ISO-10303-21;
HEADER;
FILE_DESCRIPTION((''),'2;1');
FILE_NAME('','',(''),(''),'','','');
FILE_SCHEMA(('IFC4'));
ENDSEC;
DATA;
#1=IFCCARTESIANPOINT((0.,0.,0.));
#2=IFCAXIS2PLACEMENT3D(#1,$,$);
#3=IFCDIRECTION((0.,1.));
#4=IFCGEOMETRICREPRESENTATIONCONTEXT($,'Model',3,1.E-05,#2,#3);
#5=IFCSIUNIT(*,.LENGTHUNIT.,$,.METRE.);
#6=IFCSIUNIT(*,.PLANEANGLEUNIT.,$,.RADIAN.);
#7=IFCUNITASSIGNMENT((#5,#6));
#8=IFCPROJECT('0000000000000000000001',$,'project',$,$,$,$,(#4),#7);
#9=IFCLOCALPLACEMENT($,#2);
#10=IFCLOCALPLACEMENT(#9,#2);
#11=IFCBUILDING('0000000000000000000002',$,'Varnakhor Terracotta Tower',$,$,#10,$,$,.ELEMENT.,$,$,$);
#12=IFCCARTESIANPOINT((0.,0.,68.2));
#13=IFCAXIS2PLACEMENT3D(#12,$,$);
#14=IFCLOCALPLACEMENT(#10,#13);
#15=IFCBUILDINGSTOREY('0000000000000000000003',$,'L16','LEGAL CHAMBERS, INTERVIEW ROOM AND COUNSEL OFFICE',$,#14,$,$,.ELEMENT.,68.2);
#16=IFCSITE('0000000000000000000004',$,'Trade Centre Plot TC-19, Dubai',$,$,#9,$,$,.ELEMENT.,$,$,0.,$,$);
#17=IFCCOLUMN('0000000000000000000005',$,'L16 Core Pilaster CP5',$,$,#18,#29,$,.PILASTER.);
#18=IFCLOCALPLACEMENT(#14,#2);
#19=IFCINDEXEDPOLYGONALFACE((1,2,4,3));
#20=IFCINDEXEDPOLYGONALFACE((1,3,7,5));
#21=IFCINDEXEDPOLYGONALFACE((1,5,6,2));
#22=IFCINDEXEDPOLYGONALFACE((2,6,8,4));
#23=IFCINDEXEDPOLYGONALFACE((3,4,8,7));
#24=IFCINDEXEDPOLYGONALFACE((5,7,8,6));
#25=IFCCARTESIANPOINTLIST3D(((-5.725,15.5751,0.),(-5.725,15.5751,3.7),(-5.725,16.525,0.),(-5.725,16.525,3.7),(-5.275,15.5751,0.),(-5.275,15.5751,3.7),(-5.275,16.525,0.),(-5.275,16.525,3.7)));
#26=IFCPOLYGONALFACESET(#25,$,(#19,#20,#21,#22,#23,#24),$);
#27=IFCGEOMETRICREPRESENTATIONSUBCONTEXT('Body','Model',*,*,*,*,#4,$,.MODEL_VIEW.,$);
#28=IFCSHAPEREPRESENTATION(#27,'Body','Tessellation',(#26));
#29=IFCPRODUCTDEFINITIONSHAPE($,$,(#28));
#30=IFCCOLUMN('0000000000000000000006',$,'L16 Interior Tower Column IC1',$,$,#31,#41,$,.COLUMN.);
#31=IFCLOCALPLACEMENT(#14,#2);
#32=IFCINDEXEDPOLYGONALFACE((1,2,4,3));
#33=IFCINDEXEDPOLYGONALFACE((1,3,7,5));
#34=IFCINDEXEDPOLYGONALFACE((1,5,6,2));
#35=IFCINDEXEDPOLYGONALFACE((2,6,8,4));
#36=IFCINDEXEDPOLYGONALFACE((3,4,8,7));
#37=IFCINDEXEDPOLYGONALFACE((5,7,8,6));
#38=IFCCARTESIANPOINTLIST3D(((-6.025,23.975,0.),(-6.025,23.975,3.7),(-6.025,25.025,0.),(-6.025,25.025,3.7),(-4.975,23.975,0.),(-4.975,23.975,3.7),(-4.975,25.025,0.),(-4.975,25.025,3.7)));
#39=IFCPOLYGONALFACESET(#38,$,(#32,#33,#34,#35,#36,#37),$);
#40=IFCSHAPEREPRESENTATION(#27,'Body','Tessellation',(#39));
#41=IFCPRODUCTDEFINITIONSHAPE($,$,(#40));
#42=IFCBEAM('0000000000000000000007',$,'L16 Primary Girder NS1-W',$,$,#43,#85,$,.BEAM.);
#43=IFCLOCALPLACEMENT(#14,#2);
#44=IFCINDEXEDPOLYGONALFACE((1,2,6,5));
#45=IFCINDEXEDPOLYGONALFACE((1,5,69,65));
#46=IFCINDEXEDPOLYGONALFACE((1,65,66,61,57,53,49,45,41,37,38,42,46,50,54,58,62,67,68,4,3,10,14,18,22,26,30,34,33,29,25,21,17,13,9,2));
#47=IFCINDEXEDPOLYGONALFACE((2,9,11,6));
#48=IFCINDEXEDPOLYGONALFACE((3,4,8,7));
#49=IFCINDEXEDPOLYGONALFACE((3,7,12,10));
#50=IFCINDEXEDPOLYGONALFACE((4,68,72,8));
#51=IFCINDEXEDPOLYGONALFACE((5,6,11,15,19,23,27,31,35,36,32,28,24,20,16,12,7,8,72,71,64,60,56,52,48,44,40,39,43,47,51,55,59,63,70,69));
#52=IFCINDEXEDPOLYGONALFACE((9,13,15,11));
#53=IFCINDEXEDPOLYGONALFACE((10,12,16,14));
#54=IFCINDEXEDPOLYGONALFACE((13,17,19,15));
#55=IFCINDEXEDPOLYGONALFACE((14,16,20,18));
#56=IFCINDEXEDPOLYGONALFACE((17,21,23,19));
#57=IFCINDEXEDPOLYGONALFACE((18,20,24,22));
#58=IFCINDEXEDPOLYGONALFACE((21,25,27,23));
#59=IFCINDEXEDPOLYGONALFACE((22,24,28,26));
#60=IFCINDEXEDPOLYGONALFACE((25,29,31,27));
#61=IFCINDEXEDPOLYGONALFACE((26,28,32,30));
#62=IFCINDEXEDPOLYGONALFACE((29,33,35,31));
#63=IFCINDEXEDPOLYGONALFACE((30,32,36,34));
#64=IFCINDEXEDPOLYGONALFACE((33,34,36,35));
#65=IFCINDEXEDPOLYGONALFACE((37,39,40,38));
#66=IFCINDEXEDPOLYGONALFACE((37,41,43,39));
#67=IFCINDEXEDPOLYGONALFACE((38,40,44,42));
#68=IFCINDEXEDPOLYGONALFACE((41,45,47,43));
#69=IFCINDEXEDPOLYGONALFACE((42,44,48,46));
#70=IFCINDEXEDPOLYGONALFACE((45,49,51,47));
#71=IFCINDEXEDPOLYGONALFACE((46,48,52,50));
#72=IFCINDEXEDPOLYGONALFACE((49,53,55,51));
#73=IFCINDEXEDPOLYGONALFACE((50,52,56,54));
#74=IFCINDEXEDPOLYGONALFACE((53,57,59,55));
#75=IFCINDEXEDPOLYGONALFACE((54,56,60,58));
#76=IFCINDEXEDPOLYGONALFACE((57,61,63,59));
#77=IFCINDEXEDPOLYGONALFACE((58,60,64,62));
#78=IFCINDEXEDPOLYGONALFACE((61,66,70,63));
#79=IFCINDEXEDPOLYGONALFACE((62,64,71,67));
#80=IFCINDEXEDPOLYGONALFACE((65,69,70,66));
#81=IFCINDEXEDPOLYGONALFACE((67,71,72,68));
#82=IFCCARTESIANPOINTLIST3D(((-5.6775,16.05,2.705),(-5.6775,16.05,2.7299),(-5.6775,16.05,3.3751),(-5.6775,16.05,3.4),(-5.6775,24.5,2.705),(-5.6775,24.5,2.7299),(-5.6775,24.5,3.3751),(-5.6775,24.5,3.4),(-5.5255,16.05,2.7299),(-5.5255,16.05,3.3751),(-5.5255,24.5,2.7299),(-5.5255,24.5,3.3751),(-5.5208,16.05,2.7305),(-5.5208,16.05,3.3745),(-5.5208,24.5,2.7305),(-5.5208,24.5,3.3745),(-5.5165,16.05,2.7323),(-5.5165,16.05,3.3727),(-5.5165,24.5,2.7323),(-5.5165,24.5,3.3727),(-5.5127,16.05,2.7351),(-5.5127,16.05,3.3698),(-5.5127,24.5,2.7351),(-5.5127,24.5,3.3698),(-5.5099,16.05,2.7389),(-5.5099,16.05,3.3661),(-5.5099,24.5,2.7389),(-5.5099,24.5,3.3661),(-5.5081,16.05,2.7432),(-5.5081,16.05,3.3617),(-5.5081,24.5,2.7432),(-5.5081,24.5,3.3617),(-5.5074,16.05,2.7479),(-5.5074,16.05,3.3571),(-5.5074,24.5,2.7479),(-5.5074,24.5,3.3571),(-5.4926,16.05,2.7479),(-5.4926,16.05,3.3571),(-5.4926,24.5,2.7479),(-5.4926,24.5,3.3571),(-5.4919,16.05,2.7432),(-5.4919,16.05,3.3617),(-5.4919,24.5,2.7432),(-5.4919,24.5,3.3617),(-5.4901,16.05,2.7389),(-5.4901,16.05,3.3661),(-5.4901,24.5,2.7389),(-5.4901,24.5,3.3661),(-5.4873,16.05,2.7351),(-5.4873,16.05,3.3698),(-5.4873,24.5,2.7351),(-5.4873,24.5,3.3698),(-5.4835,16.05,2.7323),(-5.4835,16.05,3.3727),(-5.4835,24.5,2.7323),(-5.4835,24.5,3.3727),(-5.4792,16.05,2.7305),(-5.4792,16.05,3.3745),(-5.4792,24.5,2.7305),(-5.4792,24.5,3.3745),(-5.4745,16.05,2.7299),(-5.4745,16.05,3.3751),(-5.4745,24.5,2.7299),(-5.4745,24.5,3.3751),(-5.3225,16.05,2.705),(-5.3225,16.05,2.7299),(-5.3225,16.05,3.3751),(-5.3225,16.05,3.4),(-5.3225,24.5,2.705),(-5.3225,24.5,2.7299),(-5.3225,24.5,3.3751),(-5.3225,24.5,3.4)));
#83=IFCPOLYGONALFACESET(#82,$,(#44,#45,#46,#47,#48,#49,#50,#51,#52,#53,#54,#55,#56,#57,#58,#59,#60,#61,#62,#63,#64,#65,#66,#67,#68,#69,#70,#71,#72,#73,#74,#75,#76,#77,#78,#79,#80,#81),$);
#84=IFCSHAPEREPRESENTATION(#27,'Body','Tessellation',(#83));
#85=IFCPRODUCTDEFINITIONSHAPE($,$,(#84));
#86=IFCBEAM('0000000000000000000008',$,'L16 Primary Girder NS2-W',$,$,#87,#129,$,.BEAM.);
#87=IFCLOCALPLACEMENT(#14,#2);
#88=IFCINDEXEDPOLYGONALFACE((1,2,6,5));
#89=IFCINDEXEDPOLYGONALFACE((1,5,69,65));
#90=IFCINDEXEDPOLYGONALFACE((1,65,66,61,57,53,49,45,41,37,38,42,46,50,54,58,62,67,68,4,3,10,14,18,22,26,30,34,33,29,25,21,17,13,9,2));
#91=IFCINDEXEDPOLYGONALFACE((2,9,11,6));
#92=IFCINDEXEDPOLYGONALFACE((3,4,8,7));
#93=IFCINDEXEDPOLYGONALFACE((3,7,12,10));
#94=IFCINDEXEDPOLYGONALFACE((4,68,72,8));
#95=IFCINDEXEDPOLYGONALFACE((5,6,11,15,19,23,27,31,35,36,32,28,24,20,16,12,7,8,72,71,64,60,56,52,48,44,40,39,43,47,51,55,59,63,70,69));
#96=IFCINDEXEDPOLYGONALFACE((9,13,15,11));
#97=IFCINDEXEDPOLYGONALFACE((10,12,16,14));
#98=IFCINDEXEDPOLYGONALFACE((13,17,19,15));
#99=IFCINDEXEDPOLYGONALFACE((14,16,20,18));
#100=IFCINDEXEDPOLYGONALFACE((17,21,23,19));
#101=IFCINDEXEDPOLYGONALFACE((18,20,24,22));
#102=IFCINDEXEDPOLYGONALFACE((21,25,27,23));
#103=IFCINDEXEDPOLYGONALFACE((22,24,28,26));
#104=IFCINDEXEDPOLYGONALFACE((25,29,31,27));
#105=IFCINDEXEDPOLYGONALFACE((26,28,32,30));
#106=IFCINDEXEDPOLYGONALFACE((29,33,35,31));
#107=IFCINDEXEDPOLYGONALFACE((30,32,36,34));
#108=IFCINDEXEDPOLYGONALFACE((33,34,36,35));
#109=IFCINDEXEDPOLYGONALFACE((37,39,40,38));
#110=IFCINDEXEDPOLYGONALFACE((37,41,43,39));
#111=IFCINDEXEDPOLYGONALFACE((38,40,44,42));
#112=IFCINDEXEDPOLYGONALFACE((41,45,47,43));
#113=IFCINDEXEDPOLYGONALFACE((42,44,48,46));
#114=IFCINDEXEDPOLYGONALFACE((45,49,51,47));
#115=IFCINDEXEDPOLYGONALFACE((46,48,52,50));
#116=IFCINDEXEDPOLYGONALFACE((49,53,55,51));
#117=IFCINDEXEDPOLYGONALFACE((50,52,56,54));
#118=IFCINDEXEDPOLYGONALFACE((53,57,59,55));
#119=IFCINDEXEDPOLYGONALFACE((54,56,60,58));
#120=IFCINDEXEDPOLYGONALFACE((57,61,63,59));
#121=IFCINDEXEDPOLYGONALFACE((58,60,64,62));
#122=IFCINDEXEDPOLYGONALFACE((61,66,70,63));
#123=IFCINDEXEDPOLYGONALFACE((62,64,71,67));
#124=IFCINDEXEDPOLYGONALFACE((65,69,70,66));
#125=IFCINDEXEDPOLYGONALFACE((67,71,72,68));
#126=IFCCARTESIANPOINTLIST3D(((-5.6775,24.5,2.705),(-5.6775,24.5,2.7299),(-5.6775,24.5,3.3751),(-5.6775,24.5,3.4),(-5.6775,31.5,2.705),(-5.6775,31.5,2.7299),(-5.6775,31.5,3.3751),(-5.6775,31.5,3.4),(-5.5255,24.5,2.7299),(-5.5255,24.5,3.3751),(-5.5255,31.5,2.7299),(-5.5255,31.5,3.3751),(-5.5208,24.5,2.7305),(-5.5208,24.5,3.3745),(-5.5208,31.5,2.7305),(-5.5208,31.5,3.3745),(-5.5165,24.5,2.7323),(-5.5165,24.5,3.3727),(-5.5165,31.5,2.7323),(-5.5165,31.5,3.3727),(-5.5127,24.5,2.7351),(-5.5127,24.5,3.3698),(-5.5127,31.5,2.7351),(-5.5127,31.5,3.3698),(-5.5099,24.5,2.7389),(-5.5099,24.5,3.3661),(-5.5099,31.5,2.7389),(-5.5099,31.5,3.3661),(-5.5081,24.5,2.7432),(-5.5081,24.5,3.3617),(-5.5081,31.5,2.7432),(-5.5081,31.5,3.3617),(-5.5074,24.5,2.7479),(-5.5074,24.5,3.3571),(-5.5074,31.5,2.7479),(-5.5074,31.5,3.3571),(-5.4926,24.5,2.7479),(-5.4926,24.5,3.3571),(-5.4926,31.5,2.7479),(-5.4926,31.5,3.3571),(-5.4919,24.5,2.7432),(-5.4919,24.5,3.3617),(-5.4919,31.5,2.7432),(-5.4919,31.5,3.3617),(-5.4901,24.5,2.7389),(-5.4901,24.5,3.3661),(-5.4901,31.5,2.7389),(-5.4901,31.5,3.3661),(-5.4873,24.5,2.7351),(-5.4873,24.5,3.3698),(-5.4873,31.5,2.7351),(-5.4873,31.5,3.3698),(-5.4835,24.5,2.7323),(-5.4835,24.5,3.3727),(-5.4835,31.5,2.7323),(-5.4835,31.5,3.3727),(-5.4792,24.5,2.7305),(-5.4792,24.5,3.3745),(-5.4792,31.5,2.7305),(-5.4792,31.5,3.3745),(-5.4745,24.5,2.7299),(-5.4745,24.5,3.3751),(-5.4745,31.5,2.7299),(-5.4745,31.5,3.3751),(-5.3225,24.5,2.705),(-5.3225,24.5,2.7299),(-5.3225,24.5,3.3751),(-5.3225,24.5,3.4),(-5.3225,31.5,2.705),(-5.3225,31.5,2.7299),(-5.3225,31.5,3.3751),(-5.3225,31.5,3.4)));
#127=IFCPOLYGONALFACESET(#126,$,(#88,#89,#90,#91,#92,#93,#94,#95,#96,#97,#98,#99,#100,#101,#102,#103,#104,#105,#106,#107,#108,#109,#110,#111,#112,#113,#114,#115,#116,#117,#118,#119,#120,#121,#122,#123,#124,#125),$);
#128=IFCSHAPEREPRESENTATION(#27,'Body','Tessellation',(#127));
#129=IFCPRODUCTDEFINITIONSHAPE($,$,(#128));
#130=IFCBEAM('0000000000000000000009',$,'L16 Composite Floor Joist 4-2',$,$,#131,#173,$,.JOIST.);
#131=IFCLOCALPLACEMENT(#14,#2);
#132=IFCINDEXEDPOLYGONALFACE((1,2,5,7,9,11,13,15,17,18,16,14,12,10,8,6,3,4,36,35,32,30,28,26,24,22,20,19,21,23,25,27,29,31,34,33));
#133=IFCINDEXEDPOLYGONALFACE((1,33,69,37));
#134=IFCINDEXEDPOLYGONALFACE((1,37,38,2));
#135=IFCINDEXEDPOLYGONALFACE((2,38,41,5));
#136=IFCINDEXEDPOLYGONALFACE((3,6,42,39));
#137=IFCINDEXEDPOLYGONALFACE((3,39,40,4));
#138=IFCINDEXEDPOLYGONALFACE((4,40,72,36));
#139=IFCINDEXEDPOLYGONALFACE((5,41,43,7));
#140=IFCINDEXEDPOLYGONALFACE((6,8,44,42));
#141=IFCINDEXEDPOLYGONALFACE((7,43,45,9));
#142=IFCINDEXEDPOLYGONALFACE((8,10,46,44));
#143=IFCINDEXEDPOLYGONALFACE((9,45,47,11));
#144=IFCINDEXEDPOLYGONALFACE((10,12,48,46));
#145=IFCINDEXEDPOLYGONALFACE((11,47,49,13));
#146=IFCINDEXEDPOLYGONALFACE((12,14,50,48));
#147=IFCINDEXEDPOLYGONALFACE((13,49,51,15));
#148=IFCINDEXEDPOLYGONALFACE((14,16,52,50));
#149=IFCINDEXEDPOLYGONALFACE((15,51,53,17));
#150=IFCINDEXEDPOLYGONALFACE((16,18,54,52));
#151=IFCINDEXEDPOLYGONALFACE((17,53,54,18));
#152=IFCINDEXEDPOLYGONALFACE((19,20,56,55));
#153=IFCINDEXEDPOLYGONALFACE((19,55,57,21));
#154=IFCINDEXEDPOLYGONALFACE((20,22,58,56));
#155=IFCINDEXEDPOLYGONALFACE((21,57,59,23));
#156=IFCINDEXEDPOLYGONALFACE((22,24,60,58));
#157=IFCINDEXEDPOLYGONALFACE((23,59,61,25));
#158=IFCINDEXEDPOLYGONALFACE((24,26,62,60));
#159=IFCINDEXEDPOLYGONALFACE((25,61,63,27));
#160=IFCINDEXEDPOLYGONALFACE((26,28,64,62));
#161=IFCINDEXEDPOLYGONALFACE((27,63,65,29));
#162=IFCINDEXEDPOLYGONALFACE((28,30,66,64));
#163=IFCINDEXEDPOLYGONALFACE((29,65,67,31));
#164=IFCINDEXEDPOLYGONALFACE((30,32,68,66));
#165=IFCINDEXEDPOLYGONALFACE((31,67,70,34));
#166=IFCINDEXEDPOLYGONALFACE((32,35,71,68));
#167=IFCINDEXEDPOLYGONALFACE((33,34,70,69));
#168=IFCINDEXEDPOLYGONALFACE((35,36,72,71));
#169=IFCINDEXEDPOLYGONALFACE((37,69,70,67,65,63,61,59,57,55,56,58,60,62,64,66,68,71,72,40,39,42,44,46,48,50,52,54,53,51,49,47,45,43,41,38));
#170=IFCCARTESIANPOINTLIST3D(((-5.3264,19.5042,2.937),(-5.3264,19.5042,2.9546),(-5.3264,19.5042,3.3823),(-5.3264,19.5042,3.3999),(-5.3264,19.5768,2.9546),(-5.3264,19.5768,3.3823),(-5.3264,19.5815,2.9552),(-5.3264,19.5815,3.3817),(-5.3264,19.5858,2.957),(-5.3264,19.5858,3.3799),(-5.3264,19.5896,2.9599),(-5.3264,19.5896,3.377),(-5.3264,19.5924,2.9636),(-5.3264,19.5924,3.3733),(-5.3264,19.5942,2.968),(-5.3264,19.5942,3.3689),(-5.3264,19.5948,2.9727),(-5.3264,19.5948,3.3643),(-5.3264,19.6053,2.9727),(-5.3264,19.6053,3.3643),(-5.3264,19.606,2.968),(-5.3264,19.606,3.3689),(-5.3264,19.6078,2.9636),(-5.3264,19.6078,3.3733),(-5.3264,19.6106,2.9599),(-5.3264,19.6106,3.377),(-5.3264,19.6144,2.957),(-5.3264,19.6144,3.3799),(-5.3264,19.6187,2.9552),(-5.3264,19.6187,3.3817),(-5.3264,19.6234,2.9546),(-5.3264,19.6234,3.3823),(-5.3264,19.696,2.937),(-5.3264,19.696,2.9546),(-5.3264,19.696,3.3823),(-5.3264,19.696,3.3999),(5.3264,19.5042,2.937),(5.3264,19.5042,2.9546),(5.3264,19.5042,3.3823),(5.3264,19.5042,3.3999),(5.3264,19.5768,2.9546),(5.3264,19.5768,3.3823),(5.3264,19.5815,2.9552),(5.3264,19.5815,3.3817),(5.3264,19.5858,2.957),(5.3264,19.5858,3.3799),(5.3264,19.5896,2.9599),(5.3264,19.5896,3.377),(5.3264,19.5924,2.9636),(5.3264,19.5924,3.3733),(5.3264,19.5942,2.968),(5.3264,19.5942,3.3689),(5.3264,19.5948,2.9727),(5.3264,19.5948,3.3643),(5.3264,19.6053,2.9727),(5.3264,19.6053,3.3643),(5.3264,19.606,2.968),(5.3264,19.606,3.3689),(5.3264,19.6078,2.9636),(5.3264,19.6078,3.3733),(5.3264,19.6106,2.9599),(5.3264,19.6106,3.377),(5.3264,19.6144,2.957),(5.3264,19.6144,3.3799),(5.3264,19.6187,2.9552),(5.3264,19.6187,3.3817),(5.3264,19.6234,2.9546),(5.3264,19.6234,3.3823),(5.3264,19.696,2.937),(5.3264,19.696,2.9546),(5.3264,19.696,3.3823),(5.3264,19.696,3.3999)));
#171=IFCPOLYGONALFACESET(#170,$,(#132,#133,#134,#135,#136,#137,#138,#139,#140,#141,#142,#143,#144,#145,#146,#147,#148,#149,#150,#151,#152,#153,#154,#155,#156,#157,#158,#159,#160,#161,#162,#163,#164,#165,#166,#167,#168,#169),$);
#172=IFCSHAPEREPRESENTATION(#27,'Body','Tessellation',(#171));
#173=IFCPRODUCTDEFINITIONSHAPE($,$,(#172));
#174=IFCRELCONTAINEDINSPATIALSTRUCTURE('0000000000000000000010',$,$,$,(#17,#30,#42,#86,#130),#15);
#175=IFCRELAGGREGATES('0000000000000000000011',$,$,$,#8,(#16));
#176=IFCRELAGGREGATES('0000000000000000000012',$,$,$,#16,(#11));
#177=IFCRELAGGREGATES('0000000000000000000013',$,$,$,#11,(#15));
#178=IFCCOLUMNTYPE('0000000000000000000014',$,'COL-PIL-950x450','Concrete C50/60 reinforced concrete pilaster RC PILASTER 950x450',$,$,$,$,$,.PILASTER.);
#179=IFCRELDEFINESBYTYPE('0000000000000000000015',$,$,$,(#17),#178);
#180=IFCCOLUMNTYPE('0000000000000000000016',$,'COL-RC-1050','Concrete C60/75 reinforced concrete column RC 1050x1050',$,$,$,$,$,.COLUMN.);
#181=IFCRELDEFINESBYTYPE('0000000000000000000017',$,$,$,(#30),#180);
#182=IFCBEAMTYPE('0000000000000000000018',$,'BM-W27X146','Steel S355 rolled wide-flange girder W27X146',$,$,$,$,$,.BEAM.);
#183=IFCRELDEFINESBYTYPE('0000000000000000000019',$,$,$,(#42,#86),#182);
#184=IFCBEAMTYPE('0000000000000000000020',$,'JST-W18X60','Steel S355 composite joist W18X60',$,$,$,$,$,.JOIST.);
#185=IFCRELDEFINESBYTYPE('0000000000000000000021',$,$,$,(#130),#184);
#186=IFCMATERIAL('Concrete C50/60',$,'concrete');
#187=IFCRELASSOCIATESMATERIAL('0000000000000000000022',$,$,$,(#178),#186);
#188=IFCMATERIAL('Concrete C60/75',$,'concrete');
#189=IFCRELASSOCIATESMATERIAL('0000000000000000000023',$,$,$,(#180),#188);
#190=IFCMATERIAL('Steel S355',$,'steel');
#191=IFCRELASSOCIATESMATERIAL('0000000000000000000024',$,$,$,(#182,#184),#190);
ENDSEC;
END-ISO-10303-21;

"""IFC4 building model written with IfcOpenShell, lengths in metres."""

from ifc_helpers import new_model, si_unit, direction, frame, origin, origin_2d, place, context, subcontext, project, spatial, rectangle, i_section, extrude, source, transform, mapped, material, material_profile, profile_set, type_object, type_shapes, element, save


model = new_model("IFC4")

# Units and contexts
model_context = context("Model", 3, precision=1e-05, world=origin(), true_north=direction((0.0, 1.0)))
body_context = subcontext(model_context, "Body", "Model", "MODEL_VIEW")
ifc_project = project(units=[si_unit("LENGTHUNIT", "METRE"), si_unit("PLANEANGLEUNIT", "RADIAN")], contexts=[model_context])

# Site, building, storey
site_placement = place(None, origin())
site = spatial("IfcSite", under=ifc_project, at=site_placement, Name="Trade Centre Plot TC-19, Dubai", CompositionType="ELEMENT", RefElevation=0.0)
building_placement = place(site_placement, origin())
building = spatial("IfcBuilding", under=site, at=building_placement, Name="Varnakhor Terracotta Tower", CompositionType="ELEMENT")
storey_placement = place(building_placement, frame((0.0, 0.0, 68.2)))
storey = spatial("IfcBuildingStorey", under=building, at=storey_placement, Name="L16", Description="LEGAL CHAMBERS, INTERVIEW ROOM AND COUNSEL OFFICE", CompositionType="ELEMENT", Elevation=68.2)

# Columns
ifc_material_1 = material(Name="Concrete C50/60", Category="concrete")
ifc_material_profile_1 = material_profile(ifc_material_1, rectangle(XDim=0.45, YDim=0.95, at=origin_2d()), Name="RC PILASTER 950x450")
ifc_profile_set_1 = profile_set([ifc_material_profile_1], Name="Concrete C50/60")
column_type_1 = type_object("IfcColumnType", Name="COL-PIL-950x450", Description="Concrete C50/60 reinforced concrete pilaster RC PILASTER 950x450", PredefinedType="PILASTER", material=ifc_profile_set_1)
shared_shape_1 = source(origin(), body_context, "Body", "SweptSolid", [
    extrude(rectangle(XDim=0.45, YDim=0.95, at=origin_2d()), origin(), (0.0, 0.0, 1.0), 3.7),
])
column_1_placement = place(storey_placement, frame((-5.5, 16.05, 0.0), z_axis=(0.0, 0.0, 1.0), x_axis=(1.0, 0.0, 0.0)))
element("IfcColumn", 1, at=column_1_placement, inside=storey, type_object=column_type_1, Name="L16 Core Pilaster CP5", PredefinedType="PILASTER", context=body_context, shape_type="MappedRepresentation", body=[
    mapped(shared_shape_1, transform((0.0, 0.0, 0.0), scale=1.0)),
])
ifc_material_2 = material(Name="Concrete C60/75", Category="concrete")
ifc_material_profile_2 = material_profile(ifc_material_2, rectangle(XDim=1.05, YDim=1.05, at=origin_2d()), Name="RC 1050x1050")
ifc_profile_set_2 = profile_set([ifc_material_profile_2], Name="Concrete C60/75")
column_type_2 = type_object("IfcColumnType", Name="COL-RC-1050", Description="Concrete C60/75 reinforced concrete column RC 1050x1050", PredefinedType="COLUMN", material=ifc_profile_set_2)
shared_shape_2 = source(origin(), body_context, "Body", "SweptSolid", [
    extrude(rectangle(XDim=1.05, YDim=1.05, at=origin_2d()), origin(), (0.0, 0.0, 1.0), 3.7),
])
column_2_placement = place(storey_placement, frame((-5.5, 24.5, 0.0), z_axis=(0.0, 0.0, 1.0), x_axis=(1.0, 0.0, 0.0)))
element("IfcColumn", 2, at=column_2_placement, inside=storey, type_object=column_type_2, Name="L16 Interior Tower Column IC1", PredefinedType="COLUMN", context=body_context, shape_type="MappedRepresentation", body=[
    mapped(shared_shape_2, transform((0.0, 0.0, 0.0), scale=1.0)),
])

# Beams
ifc_material_3 = material(Name="Steel S355", Category="steel")
ifc_material_profile_3 = material_profile(ifc_material_3, i_section(OverallWidth=0.355, OverallDepth=0.6951, WebThickness=0.0149, FlangeThickness=0.0249, FilletRadius=0.0181, at=origin_2d()), Name="W27X146")
ifc_profile_set_3 = profile_set([ifc_material_profile_3], Name="Steel S355")
beam_type_1 = type_object("IfcBeamType", Name="BM-W27X146", Description="Steel S355 rolled wide-flange girder W27X146", PredefinedType="BEAM", material=ifc_profile_set_3)
shared_shape_3 = source(origin(), body_context, "Body", "SweptSolid", [
    extrude(i_section(OverallWidth=0.355, OverallDepth=0.6951, WebThickness=0.0149, FlangeThickness=0.0249, FilletRadius=0.0181, at=origin_2d()), origin(), (0.0, 0.0, 1.0), 8.45),
])
type_shapes(beam_type_1, [shared_shape_3])
beam_1_placement = place(storey_placement, frame((-5.5, 16.05, 3.0525), z_axis=(0.0, 1.0, 0.0), x_axis=(-1.0, 0.0, 0.0)))
element("IfcBeam", 3, at=beam_1_placement, inside=storey, type_object=beam_type_1, Name="L16 Primary Girder NS1-W", PredefinedType="BEAM", context=body_context, shape_type="MappedRepresentation", body=[
    mapped(shared_shape_3, transform((0.0, 0.0, 0.0), scale=1.0)),
])
shared_shape_4 = source(origin(), body_context, "Body", "SweptSolid", [
    extrude(i_section(OverallWidth=0.355, OverallDepth=0.6951, WebThickness=0.0149, FlangeThickness=0.0249, FilletRadius=0.0181, at=origin_2d()), origin(), (0.0, 0.0, 1.0), 7.0),
])
beam_2_placement = place(storey_placement, frame((-5.5, 24.5, 3.0525), z_axis=(0.0, 1.0, 0.0), x_axis=(-1.0, 0.0, 0.0)))
element("IfcBeam", 4, at=beam_2_placement, inside=storey, type_object=beam_type_1, Name="L16 Primary Girder NS2-W", PredefinedType="BEAM", context=body_context, shape_type="MappedRepresentation", body=[
    mapped(shared_shape_4, transform((0.0, 0.0, 0.0), scale=1.0)),
])
ifc_material_profile_4 = material_profile(ifc_material_3, i_section(OverallWidth=0.1919, OverallDepth=0.4629, WebThickness=0.0105, FlangeThickness=0.0176, FilletRadius=0.0181, at=origin_2d()), Name="W18X60")
ifc_profile_set_4 = profile_set([ifc_material_profile_4], Name="Steel S355")
beam_type_2 = type_object("IfcBeamType", Name="JST-W18X60", Description="Steel S355 composite joist W18X60", PredefinedType="JOIST", material=ifc_profile_set_4)
shared_shape_5 = source(origin(), body_context, "Body", "SweptSolid", [
    extrude(i_section(OverallWidth=0.1919, OverallDepth=0.4629, WebThickness=0.0105, FlangeThickness=0.0176, FilletRadius=0.0181, at=origin_2d()), origin(), (0.0, 0.0, 1.0), 10.6528),
])
for number, where, z_axis, x_axis, name in (
    (5, (-5.3264, 19.6001, 3.1685), (1.0, 0.0, 0.0), (0.0, 1.0, 0.0), "L16 Composite Floor Joist 4-2"),
):
    element("IfcBeam", number, at=place(storey_placement, frame(where, z_axis=z_axis, x_axis=x_axis)), inside=storey, type_object=beam_type_2, Name=name, PredefinedType="JOIST", context=body_context, shape_type="MappedRepresentation", body=[
        mapped(shared_shape_5, transform((0.0, 0.0, 0.0), scale=1.0)),
    ])

save(model, "model.ifc")
